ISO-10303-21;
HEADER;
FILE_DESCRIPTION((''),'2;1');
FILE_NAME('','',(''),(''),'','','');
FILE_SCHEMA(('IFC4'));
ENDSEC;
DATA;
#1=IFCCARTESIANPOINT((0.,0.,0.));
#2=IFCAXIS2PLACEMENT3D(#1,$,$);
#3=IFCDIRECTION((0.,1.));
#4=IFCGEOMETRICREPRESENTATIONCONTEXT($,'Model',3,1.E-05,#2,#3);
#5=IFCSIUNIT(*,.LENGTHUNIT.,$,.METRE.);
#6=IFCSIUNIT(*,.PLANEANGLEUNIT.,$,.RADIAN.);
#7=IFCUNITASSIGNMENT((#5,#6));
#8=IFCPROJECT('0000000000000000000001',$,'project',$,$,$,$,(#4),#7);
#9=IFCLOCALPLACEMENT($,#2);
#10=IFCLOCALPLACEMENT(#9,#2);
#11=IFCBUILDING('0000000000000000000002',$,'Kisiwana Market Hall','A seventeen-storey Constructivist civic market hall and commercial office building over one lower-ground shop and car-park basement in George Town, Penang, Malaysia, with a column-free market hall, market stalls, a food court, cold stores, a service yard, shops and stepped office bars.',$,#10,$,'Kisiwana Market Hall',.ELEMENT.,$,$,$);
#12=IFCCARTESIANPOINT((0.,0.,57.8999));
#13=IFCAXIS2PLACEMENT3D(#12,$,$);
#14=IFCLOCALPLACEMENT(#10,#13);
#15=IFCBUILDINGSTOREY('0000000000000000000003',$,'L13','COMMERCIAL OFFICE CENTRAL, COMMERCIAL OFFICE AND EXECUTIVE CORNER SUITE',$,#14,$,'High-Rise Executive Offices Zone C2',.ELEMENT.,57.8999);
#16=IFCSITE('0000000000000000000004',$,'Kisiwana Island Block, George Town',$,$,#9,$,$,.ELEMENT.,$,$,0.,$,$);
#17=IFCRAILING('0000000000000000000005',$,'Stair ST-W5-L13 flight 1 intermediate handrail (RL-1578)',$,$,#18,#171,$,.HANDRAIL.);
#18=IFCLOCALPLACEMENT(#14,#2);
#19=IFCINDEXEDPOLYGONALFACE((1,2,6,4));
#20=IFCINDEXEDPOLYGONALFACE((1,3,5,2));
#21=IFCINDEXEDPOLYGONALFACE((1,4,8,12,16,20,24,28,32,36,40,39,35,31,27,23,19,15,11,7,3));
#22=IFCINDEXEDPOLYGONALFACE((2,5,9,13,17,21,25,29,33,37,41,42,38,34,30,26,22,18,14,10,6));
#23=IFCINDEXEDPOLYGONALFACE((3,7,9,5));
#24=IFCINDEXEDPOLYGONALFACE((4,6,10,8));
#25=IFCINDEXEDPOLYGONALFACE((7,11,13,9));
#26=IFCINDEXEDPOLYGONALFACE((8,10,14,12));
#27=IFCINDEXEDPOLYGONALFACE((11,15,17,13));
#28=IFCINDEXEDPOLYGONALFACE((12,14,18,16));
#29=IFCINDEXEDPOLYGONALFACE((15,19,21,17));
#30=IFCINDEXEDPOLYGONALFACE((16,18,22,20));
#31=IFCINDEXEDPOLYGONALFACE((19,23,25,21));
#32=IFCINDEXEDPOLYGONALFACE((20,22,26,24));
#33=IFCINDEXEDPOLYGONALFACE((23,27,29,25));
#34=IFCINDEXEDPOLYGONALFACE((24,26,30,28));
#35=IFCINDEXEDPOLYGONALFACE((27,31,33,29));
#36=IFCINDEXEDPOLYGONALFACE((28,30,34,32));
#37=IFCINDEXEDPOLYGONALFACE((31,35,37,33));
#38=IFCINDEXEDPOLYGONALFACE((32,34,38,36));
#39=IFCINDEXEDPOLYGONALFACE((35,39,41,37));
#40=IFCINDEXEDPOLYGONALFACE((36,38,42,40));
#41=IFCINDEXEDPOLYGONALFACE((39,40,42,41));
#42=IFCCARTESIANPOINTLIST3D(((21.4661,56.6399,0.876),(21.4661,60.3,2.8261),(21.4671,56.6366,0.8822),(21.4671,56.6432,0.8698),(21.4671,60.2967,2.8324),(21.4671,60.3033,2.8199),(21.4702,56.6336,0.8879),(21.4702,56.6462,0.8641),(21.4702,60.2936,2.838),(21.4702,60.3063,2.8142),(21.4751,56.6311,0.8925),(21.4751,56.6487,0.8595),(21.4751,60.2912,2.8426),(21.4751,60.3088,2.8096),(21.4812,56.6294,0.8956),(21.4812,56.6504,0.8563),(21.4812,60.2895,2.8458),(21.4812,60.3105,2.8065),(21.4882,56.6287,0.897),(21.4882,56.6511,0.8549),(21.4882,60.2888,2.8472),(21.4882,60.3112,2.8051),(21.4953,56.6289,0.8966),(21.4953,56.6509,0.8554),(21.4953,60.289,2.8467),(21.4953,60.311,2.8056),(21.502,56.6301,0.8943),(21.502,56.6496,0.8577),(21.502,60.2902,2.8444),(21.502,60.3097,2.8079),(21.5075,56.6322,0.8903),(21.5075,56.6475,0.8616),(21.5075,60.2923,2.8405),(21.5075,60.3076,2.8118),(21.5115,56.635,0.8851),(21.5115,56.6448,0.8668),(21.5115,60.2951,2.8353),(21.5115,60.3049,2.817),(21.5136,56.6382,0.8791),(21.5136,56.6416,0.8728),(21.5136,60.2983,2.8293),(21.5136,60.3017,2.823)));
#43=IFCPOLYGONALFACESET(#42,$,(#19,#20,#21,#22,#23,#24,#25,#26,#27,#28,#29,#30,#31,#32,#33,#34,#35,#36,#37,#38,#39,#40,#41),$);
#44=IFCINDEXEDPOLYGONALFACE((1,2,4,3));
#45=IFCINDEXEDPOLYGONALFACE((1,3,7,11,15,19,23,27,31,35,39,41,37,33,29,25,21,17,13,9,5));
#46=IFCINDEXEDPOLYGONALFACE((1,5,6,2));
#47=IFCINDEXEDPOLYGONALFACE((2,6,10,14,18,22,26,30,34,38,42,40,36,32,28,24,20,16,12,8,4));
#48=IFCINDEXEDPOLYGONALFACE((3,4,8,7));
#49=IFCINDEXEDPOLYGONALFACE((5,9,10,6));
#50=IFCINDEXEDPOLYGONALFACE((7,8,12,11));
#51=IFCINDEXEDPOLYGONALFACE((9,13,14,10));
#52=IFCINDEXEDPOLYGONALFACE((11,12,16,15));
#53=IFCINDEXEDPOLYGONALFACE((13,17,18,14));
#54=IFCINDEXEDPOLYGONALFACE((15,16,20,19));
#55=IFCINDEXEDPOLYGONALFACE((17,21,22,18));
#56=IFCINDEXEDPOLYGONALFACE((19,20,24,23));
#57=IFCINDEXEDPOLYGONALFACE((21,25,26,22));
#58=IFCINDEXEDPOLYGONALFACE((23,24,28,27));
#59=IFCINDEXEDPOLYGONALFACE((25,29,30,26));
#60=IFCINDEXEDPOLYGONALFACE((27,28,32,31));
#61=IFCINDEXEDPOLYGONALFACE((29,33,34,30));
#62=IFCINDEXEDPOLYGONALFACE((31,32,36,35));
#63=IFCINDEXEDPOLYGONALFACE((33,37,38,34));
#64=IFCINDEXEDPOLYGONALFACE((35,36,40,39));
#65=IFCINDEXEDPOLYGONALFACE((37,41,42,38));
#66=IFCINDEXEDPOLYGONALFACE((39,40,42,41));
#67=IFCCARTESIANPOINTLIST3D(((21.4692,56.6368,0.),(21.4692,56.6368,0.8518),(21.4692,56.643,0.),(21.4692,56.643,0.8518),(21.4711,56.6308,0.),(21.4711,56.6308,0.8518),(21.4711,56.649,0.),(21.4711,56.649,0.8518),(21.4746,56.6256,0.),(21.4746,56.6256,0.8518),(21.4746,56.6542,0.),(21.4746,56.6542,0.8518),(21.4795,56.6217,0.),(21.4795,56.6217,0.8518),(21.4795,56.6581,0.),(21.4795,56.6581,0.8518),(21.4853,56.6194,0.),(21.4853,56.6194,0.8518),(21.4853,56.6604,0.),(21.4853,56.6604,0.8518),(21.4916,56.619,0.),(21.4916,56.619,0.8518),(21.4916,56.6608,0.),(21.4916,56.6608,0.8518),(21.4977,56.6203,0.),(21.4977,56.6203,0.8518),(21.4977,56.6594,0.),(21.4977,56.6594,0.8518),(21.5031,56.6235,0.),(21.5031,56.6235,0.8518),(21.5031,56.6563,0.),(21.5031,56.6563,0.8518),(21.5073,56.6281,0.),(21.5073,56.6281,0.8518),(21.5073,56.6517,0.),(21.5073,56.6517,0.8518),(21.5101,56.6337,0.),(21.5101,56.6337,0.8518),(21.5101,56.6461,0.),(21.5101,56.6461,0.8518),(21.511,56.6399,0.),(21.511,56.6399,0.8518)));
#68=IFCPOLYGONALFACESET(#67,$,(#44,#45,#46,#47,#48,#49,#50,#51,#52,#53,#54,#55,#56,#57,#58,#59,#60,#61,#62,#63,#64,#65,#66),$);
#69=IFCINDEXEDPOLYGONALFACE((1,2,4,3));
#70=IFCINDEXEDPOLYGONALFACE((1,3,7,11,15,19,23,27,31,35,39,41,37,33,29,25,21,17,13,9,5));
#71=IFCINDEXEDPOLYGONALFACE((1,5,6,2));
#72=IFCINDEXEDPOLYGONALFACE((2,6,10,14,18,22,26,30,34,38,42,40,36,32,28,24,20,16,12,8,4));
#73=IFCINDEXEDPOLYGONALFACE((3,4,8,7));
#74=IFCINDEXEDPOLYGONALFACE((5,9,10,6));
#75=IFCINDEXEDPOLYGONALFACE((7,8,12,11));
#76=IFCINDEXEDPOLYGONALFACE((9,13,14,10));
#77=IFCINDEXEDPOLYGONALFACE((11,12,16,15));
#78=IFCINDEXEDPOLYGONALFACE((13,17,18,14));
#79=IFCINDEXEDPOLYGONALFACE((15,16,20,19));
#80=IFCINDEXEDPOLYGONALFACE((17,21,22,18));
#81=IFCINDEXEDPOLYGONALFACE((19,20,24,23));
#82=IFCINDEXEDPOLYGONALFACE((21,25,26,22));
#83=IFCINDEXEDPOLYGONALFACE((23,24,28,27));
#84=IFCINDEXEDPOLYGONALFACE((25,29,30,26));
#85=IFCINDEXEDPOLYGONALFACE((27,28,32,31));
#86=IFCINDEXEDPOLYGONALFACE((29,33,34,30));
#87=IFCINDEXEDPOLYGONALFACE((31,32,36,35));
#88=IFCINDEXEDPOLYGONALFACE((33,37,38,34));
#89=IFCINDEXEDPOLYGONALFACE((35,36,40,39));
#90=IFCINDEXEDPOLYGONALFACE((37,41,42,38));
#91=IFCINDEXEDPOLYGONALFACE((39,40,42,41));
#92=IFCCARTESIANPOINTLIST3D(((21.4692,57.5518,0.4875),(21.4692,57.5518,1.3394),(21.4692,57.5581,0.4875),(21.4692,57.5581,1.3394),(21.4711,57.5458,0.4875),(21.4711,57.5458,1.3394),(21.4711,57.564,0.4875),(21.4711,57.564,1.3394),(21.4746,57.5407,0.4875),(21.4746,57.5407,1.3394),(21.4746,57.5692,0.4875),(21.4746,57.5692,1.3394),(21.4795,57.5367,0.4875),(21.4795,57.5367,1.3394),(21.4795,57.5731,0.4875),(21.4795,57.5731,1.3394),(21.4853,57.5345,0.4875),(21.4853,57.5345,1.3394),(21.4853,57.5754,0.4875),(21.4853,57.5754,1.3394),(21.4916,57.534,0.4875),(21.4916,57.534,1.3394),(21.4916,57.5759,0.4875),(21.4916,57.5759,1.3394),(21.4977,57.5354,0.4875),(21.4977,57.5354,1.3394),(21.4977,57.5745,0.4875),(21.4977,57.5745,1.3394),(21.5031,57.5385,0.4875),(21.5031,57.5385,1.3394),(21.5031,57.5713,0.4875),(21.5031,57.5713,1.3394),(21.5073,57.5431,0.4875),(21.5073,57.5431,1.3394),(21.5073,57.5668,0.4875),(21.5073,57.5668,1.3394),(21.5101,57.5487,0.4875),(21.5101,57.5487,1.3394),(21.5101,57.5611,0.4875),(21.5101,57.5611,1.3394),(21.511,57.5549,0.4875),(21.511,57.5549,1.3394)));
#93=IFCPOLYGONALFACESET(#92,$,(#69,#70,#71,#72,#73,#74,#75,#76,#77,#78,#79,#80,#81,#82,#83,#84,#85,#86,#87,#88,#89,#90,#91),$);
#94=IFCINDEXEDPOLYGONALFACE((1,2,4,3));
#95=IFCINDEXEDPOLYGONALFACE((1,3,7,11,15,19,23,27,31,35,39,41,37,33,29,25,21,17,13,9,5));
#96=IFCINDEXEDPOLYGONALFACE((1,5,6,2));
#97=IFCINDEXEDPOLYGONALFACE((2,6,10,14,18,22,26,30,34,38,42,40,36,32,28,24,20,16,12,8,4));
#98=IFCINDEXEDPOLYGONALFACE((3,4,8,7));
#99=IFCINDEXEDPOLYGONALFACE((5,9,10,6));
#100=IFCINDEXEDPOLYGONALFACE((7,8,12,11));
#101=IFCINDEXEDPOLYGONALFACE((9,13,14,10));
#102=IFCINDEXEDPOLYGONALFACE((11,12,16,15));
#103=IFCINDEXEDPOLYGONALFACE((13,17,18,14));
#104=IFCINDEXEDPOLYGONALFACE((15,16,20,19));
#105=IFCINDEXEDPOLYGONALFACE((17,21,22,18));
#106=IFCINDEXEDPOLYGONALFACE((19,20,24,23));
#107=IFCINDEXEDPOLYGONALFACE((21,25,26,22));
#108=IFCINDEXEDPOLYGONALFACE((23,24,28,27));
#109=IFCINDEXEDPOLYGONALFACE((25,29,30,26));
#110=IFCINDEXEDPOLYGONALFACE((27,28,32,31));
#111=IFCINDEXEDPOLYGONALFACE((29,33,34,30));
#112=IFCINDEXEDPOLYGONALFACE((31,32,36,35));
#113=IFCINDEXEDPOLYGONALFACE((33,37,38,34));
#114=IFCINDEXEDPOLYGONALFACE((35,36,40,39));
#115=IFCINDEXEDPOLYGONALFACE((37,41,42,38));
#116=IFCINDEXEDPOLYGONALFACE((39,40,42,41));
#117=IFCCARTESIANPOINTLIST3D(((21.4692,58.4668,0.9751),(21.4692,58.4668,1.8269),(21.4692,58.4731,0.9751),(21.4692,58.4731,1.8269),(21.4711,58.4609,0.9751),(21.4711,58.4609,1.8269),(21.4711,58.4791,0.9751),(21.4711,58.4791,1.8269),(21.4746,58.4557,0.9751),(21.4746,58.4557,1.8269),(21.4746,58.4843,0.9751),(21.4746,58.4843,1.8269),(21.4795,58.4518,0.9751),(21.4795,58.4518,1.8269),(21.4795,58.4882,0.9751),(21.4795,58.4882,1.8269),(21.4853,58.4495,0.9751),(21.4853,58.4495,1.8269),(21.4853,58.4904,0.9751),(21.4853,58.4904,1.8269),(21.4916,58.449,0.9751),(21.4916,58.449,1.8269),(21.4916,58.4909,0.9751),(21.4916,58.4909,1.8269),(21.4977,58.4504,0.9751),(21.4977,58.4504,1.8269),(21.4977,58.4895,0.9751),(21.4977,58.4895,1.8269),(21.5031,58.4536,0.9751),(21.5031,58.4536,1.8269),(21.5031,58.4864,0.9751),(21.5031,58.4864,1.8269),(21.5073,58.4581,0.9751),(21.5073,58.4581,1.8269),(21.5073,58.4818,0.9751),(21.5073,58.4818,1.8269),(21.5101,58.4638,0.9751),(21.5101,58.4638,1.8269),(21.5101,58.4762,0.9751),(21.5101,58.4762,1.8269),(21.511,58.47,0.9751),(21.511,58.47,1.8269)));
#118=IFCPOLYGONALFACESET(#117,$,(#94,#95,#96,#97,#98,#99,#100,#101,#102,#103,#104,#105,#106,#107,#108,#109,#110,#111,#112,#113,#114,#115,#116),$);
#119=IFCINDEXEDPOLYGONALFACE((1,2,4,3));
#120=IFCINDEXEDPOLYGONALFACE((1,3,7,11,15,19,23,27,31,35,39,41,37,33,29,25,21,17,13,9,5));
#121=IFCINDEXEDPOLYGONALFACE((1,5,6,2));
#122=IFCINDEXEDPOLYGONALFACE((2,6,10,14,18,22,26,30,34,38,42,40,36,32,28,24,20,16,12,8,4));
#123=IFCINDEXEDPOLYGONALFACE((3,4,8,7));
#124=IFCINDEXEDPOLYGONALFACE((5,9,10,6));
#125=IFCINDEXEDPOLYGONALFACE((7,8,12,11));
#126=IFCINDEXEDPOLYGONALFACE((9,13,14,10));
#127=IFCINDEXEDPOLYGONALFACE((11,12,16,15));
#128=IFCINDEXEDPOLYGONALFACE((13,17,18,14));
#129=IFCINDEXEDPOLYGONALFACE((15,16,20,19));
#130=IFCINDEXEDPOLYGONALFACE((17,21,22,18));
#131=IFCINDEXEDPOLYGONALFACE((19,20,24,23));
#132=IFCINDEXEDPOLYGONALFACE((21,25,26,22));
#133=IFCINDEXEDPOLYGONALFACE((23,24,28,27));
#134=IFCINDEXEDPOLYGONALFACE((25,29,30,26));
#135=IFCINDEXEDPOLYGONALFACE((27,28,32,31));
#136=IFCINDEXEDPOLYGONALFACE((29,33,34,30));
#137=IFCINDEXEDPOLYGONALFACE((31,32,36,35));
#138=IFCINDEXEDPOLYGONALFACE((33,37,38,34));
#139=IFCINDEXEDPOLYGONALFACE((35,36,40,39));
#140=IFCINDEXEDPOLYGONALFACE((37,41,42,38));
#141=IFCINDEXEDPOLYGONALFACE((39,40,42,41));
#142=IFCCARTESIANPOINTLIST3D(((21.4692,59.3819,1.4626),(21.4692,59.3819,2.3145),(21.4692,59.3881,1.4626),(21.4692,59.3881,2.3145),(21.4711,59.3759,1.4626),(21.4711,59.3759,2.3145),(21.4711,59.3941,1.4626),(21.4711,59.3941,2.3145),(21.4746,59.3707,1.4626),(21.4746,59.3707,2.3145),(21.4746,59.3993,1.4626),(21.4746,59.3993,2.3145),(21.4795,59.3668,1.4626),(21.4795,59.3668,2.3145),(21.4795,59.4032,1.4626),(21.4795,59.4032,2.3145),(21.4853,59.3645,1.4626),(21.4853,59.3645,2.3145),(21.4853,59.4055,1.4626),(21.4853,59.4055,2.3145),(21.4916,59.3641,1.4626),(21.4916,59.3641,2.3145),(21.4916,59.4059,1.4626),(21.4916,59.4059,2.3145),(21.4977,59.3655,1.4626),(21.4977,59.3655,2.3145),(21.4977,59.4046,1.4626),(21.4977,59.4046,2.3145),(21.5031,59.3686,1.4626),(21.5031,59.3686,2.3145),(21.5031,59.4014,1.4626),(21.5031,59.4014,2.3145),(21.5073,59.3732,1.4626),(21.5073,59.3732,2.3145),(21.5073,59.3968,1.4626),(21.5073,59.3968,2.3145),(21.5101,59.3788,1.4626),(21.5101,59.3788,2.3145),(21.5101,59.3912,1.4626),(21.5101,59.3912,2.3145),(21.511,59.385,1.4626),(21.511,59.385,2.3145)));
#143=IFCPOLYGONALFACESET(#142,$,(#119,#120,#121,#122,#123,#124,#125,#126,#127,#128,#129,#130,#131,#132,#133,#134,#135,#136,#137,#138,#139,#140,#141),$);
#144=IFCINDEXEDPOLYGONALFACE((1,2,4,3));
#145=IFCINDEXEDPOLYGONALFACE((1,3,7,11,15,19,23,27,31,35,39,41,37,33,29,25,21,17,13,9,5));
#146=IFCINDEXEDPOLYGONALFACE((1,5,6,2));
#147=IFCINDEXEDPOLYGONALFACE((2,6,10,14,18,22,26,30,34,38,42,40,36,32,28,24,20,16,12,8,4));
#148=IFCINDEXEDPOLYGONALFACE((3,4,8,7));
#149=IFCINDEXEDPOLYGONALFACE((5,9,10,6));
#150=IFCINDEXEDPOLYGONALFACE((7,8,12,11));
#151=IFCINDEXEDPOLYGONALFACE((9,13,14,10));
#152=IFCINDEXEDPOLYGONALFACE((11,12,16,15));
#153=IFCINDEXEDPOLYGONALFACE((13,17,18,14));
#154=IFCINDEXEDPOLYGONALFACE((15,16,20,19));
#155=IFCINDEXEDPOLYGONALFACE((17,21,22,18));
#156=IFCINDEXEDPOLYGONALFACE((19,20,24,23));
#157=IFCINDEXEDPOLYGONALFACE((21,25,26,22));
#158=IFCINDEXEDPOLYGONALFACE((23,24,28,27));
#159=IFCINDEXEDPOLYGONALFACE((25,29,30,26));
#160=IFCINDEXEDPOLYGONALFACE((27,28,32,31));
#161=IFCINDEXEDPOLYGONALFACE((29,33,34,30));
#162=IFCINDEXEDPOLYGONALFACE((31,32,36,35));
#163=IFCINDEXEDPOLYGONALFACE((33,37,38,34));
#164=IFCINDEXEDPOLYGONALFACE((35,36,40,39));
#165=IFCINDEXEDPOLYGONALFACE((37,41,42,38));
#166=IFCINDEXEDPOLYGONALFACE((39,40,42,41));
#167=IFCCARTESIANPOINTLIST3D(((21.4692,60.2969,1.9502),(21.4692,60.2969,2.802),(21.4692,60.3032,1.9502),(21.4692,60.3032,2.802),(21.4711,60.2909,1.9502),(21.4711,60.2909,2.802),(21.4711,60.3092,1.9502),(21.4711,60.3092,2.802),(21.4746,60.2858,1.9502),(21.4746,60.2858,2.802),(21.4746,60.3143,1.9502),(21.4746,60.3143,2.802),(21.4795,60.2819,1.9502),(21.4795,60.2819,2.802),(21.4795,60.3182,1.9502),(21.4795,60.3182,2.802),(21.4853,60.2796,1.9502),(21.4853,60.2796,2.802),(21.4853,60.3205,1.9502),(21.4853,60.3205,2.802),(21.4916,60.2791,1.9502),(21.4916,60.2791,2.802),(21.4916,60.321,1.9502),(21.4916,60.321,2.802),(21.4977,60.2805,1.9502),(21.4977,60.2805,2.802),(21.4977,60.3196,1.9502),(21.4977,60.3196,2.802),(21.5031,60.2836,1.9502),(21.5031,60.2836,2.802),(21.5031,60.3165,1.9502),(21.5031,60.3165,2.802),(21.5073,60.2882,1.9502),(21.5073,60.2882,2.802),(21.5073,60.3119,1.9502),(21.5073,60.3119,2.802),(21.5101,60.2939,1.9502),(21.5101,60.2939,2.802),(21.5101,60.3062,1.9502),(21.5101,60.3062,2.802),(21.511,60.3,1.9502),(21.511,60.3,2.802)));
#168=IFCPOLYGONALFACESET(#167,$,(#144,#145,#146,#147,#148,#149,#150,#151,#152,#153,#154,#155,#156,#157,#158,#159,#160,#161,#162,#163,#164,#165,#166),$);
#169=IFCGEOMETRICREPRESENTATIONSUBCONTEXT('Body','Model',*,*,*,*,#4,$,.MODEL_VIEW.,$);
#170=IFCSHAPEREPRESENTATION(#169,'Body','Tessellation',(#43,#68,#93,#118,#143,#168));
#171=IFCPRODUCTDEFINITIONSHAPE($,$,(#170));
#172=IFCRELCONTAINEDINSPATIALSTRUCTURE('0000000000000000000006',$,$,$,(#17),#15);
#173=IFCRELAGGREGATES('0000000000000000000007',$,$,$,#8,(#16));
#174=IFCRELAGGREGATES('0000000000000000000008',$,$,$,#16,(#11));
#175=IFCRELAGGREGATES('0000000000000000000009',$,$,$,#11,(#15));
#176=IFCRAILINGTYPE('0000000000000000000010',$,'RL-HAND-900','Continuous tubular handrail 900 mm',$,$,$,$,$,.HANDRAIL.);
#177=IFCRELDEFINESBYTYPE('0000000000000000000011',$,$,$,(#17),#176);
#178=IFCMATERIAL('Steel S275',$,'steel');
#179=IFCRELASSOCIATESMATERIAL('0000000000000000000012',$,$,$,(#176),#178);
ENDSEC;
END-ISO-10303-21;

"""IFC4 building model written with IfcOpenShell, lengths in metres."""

from ifc_helpers import new_model, si_unit, direction, frame, origin, origin_2d, place, context, subcontext, project, spatial, circle, extrude, material, type_object, element, save


model = new_model("IFC4")

# Units and contexts
model_context = context("Model", 3, precision=1e-05, world=origin(), true_north=direction((0.0, 1.0)))
body_context = subcontext(model_context, "Body", "Model", "MODEL_VIEW")
ifc_project = project(units=[si_unit("LENGTHUNIT", "METRE"), si_unit("PLANEANGLEUNIT", "RADIAN")], contexts=[model_context])

# Site, building, storey
site_placement = place(None, origin())
site = spatial("IfcSite", under=ifc_project, at=site_placement, Name="Kisiwana Island Block, George Town", CompositionType="ELEMENT", RefElevation=0.0)
building_placement = place(site_placement, origin())
building = spatial("IfcBuilding", under=site, at=building_placement, Name="Kisiwana Market Hall", Description="A seventeen-storey Constructivist civic market hall and commercial office building over one lower-ground shop and car-park basement in George Town, Penang, Malaysia, with a column-free market hall, market stalls, a food court, cold stores, a service yard, shops and stepped office bars.", LongName="Kisiwana Market Hall", CompositionType="ELEMENT")
storey_placement = place(building_placement, frame((0.0, 0.0, 57.8999)))
storey = spatial("IfcBuildingStorey", under=building, at=storey_placement, Name="L13", Description="COMMERCIAL OFFICE CENTRAL, COMMERCIAL OFFICE AND EXECUTIVE CORNER SUITE", LongName="High-Rise Executive Offices Zone C2", CompositionType="ELEMENT", Elevation=57.8999)

# Railing
ifc_material_1 = material(Name="Steel S275", Category="steel")
railing_type_1 = type_object("IfcRailingType", Name="RL-HAND-900", Description="Continuous tubular handrail 900 mm", PredefinedType="HANDRAIL", material=ifc_material_1)
railing_1_placement = place(storey_placement, frame((21.49, 56.6399, 0.0)))
element("IfcRailing", 1, at=railing_1_placement, inside=storey, type_object=railing_type_1, Name="Stair ST-W5-L13 flight 1 intermediate handrail (RL-1578)", PredefinedType="HANDRAIL", context=body_context, shape_type="SweptSolid", body=[
    extrude(circle(Radius=0.0239, at=origin_2d()), frame((0.0, 0.0, 0.876), z_axis=(0.0, 0.882542, 0.470234), x_axis=(-1.0, 0.0, 0.0)), (0.0, 0.0, 1.0), 4.1472),
    extrude(circle(Radius=0.021, at=origin_2d()), origin(), (0.0, 0.0, 1.0), 0.8518),
    extrude(circle(Radius=0.021, at=origin_2d()), frame((0.0, 0.915, 0.4875)), (0.0, 0.0, 1.0), 0.8518),
    extrude(circle(Radius=0.021, at=origin_2d()), frame((0.0, 1.8301, 0.9751)), (0.0, 0.0, 1.0), 0.8518),
    extrude(circle(Radius=0.021, at=origin_2d()), frame((0.0, 2.7451, 1.4626)), (0.0, 0.0, 1.0), 0.8518),
    extrude(circle(Radius=0.021, at=origin_2d()), frame((0.0, 3.6602, 1.9502)), (0.0, 0.0, 1.0), 0.8518),
])

save(model, "model.ifc")
